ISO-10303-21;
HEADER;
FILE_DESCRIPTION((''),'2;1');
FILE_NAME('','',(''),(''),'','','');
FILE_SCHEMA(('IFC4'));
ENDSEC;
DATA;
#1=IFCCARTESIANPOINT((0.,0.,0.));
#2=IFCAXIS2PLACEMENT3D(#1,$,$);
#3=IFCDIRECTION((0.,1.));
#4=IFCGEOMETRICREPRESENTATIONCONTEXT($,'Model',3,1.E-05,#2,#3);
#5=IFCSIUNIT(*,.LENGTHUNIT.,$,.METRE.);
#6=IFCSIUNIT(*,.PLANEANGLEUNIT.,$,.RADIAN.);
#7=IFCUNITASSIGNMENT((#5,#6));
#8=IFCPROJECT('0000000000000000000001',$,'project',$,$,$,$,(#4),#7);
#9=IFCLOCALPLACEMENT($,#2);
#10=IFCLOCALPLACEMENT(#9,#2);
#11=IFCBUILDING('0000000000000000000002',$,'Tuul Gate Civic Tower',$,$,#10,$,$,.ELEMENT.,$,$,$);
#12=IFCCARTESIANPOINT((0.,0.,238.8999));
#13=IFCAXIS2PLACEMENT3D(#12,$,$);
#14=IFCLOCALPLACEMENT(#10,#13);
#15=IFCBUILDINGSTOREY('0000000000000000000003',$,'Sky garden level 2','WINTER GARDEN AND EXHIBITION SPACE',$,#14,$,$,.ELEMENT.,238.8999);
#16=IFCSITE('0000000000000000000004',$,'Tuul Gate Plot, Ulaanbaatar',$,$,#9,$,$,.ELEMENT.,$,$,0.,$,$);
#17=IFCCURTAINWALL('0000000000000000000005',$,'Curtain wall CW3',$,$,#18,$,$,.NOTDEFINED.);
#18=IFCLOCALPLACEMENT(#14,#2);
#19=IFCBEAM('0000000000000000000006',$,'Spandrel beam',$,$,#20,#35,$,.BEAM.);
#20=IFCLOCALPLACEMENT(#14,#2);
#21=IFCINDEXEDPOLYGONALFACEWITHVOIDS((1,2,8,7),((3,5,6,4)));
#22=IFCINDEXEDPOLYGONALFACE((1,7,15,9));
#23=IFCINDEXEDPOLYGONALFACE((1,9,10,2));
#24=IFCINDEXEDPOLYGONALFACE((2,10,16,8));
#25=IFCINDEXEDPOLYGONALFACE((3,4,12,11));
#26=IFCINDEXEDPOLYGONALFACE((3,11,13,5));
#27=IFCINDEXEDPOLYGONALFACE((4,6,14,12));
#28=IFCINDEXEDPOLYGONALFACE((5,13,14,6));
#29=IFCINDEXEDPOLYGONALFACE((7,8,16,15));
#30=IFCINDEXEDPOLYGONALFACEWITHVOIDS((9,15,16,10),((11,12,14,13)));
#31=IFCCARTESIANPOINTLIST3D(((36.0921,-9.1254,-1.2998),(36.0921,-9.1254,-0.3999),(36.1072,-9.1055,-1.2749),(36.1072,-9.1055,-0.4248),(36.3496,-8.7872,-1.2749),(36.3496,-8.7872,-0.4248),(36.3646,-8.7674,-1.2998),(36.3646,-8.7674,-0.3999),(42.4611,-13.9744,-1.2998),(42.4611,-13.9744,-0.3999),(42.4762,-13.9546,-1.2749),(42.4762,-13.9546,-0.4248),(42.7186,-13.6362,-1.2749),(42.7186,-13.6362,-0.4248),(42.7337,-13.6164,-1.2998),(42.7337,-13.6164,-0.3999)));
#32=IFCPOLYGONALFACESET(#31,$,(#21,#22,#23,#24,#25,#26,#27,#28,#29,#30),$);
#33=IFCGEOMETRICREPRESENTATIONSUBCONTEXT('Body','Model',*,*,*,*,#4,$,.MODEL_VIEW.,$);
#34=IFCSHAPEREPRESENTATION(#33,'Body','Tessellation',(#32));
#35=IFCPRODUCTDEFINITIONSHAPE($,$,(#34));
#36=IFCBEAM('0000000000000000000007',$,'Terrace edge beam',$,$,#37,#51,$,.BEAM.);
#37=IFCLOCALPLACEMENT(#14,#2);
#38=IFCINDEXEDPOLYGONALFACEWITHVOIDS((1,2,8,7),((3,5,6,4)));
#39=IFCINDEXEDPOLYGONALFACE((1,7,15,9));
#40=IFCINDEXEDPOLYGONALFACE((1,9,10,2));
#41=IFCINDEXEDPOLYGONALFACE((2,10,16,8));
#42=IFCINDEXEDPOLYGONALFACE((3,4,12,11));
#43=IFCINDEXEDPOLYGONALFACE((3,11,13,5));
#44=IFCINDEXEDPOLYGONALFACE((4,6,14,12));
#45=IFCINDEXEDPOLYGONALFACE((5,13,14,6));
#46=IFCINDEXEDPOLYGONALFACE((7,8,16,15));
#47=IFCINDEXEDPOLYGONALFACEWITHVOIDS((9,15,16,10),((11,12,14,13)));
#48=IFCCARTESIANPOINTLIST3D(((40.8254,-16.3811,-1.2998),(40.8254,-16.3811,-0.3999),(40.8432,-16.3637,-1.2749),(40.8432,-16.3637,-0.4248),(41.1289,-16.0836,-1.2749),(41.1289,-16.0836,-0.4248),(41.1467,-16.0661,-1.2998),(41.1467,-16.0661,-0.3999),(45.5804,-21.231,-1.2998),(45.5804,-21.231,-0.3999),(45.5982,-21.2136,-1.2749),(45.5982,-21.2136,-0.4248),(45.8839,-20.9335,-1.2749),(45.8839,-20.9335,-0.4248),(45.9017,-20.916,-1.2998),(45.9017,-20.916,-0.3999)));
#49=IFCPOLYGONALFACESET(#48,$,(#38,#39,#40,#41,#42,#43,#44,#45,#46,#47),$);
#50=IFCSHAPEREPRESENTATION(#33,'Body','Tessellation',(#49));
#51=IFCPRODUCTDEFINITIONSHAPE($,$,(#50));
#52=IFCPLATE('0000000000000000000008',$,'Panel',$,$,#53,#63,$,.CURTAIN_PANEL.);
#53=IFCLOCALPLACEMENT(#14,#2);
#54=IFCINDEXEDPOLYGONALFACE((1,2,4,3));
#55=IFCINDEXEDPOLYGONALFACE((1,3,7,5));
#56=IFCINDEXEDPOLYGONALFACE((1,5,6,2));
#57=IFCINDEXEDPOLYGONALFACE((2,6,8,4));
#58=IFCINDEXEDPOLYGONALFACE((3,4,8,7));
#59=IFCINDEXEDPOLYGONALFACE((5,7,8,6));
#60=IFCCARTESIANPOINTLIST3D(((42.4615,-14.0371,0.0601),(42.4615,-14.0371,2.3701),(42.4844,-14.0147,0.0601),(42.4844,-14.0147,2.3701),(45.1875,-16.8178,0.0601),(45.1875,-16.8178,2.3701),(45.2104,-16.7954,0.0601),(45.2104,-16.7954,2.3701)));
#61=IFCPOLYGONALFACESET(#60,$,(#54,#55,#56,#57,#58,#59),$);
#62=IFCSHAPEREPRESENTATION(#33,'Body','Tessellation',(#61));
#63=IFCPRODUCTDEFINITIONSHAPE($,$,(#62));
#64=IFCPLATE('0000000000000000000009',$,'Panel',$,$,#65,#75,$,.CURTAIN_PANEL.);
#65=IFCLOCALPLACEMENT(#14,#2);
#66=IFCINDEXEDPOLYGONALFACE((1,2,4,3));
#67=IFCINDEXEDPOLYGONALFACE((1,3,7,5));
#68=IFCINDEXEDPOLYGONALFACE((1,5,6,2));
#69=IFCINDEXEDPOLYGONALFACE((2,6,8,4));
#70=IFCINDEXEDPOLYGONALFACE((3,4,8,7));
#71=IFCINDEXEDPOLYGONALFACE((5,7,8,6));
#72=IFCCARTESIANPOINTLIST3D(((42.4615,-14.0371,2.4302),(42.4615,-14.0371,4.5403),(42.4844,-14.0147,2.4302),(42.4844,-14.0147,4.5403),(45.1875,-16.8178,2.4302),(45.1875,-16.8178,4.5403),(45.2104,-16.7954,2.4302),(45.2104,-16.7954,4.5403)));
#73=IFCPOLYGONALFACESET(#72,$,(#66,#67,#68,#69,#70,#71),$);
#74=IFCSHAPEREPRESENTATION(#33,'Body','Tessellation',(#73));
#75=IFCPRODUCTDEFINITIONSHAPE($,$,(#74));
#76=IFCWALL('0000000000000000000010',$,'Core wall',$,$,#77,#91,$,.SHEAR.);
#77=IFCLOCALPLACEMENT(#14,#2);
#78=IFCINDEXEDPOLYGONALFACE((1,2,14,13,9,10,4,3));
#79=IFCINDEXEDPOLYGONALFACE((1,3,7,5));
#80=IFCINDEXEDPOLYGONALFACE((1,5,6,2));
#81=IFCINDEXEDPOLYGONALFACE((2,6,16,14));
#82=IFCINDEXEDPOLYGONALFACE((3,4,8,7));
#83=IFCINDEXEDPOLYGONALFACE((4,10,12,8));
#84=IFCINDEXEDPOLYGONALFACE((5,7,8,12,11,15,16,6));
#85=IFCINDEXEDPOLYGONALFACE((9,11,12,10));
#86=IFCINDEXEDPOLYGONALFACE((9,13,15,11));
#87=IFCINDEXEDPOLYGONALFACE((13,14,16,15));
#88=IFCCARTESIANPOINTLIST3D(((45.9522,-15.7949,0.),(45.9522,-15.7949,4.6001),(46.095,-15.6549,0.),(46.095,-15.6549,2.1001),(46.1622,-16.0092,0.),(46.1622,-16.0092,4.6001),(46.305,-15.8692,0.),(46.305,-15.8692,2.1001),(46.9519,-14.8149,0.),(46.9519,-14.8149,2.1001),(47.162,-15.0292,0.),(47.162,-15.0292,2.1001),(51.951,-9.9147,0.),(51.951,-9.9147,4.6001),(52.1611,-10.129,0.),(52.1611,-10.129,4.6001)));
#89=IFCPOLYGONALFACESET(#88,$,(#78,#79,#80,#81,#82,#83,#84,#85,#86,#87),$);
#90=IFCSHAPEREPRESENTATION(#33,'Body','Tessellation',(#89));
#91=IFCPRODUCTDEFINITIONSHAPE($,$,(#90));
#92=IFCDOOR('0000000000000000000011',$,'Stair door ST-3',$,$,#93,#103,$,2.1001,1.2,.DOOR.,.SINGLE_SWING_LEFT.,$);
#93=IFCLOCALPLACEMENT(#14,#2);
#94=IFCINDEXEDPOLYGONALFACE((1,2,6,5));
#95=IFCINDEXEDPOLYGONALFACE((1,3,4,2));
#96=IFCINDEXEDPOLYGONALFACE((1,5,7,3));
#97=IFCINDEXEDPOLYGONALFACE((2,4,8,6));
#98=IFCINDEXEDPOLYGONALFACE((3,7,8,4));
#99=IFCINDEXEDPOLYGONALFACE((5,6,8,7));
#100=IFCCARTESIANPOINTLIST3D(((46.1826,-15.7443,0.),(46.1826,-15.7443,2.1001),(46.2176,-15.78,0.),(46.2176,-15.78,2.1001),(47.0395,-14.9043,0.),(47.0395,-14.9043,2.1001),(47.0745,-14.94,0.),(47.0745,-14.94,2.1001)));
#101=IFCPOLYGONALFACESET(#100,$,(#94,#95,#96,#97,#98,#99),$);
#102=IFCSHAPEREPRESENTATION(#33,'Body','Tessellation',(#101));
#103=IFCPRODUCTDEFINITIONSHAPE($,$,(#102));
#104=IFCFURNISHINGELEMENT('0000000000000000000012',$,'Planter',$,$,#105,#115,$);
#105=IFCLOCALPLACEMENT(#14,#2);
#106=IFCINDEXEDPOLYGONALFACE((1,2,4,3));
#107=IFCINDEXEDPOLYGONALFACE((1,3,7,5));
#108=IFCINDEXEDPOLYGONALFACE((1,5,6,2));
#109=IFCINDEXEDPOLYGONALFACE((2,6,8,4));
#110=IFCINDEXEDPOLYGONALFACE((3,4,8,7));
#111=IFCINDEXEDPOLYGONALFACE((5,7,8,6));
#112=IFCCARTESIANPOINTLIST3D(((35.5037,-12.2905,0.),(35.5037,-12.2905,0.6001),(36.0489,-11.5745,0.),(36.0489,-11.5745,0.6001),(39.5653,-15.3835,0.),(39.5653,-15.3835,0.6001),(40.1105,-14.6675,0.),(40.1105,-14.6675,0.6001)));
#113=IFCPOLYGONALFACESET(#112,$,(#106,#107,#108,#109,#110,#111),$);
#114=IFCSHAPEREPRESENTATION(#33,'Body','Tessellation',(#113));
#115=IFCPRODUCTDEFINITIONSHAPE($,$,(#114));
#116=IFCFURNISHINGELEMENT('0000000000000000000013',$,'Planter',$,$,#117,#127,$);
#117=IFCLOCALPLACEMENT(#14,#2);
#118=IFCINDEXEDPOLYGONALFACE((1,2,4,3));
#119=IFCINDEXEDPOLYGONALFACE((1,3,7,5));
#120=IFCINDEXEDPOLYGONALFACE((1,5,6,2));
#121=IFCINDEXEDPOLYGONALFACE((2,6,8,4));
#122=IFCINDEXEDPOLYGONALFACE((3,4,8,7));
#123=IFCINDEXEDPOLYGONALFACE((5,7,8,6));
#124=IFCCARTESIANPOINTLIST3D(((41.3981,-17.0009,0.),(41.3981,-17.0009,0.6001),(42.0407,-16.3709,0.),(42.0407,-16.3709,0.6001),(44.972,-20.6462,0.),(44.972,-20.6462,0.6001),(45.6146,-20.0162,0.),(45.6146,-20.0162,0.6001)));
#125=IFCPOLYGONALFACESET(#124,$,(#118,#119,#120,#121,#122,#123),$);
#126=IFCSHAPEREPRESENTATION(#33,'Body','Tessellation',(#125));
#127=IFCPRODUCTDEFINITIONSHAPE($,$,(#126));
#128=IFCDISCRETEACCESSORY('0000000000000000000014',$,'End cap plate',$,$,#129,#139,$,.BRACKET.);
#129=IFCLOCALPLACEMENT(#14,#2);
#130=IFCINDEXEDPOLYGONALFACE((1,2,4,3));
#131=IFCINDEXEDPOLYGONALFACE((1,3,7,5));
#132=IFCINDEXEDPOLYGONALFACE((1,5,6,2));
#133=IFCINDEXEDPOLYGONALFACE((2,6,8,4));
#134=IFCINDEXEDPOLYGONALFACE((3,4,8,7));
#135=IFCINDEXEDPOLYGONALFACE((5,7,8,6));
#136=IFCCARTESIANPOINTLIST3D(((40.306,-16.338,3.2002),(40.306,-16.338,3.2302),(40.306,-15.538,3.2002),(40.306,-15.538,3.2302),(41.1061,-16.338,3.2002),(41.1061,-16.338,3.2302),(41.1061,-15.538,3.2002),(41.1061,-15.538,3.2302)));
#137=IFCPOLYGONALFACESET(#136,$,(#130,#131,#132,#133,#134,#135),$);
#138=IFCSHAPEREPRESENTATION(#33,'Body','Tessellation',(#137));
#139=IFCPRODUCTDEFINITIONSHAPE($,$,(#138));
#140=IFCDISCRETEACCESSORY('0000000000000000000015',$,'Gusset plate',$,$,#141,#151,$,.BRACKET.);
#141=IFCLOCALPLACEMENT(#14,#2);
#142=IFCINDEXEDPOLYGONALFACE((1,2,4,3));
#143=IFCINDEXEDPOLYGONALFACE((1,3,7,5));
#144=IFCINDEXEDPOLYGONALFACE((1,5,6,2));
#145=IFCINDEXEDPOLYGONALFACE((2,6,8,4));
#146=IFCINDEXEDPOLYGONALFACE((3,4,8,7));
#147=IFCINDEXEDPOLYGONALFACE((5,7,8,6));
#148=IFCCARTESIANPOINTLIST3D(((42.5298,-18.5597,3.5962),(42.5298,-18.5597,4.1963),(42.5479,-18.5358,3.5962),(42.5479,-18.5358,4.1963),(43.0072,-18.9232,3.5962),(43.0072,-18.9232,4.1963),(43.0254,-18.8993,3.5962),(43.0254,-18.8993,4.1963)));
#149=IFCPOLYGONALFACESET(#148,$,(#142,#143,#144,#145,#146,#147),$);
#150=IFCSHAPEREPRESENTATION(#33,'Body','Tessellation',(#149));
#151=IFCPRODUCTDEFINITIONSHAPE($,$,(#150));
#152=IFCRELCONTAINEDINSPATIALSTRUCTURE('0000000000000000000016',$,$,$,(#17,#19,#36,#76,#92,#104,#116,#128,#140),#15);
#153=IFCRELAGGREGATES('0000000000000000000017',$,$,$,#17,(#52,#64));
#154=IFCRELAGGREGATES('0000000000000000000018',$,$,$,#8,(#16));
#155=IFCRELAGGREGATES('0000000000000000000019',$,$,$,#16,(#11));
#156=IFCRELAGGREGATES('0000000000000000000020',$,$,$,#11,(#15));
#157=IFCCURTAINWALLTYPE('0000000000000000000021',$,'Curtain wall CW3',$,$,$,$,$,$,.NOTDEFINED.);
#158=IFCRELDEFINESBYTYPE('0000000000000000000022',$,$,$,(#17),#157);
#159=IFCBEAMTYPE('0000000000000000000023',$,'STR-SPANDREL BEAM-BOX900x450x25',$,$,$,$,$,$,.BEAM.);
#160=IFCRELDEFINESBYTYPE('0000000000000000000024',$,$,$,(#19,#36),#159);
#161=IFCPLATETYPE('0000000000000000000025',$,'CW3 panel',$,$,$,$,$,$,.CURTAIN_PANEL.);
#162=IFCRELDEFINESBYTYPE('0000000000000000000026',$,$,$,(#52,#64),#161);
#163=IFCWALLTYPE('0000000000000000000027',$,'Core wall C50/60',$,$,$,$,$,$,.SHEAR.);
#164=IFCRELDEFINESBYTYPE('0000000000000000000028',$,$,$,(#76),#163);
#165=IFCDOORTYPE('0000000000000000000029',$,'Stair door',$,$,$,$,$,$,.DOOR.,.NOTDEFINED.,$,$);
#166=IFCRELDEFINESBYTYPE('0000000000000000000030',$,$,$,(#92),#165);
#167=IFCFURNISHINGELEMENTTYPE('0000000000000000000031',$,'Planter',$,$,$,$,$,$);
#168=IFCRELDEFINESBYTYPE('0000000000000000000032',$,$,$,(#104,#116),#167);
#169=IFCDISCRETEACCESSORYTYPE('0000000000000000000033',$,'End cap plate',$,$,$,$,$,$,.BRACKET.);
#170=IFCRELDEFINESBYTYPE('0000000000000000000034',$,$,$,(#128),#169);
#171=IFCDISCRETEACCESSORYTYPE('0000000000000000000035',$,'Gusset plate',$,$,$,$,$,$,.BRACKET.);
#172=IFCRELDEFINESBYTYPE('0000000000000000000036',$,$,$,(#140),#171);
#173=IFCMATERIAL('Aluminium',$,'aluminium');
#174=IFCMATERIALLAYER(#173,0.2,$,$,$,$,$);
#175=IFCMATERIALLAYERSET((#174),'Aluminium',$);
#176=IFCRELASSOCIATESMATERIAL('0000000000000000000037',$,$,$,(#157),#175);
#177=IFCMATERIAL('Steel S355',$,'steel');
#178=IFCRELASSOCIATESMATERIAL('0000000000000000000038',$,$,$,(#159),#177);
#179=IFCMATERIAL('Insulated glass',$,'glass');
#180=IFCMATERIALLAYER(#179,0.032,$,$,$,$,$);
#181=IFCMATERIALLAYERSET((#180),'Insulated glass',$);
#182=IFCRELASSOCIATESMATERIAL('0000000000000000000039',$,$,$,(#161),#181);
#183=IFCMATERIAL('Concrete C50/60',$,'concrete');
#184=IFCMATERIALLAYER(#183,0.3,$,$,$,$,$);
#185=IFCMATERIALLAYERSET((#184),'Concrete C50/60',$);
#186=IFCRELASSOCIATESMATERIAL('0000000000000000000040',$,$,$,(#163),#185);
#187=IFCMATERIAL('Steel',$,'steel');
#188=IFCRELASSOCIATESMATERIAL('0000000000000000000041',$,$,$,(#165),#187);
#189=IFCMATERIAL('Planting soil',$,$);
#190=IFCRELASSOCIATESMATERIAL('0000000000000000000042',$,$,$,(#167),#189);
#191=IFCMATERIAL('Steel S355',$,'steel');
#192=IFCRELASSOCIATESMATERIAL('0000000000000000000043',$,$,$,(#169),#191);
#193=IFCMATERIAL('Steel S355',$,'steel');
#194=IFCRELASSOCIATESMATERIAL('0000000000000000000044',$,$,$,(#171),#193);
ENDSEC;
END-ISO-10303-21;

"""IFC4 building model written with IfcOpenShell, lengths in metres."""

from ifc_helpers import new_model, si_unit, direction, frame, frame_2d, origin, origin_2d, place, context, subcontext, project, spatial, rectangle, hollow_rectangle, extrude, material, layer, layer_set, material_profile, profile_set, type_object, element, fill, aggregate, save


model = new_model("IFC4")

# Units and contexts
model_context = context("Model", 3, precision=1e-05, world=origin(), true_north=direction((0.0, 1.0)))
body_context = subcontext(model_context, "Body", "Model", "MODEL_VIEW")
ifc_project = project(units=[si_unit("LENGTHUNIT", "METRE"), si_unit("PLANEANGLEUNIT", "RADIAN")], contexts=[model_context])

# Site, building, storey
site_placement = place(None, origin())
site = spatial("IfcSite", under=ifc_project, at=site_placement, Name="Tuul Gate Plot, Ulaanbaatar", CompositionType="ELEMENT", RefElevation=0.0)
building_placement = place(site_placement, origin())
building = spatial("IfcBuilding", under=site, at=building_placement, Name="Tuul Gate Civic Tower", CompositionType="ELEMENT")
storey_placement = place(building_placement, frame((0.0, 0.0, 238.8999)))
storey = spatial("IfcBuildingStorey", under=building, at=storey_placement, Name="Sky garden level 2", Description="WINTER GARDEN AND EXHIBITION SPACE", CompositionType="ELEMENT", Elevation=238.8999)

# Shared definitions
ifc_material_1 = material(Name="Aluminium", Category="aluminium")
ifc_layer_1 = layer(ifc_material_1, 0.2)
ifc_layer_set_1 = layer_set([ifc_layer_1], Name="Aluminium")
curtain_wall_type = type_object("IfcCurtainWallType", Name="Curtain wall CW3", PredefinedType="NOTDEFINED", material=ifc_layer_set_1)

# Curtain wall
curtain_wall_1_placement = place(storey_placement, origin())
curtain_wall_1 = element("IfcCurtainWall", 1, at=curtain_wall_1_placement, inside=storey, type_object=curtain_wall_type, Name="Curtain wall CW3", PredefinedType="NOTDEFINED")

# Beams
ifc_material_2 = material(Name="Steel S355", Category="steel")
ifc_material_profile_1 = material_profile(ifc_material_2, hollow_rectangle(XDim=0.45, YDim=0.8999, WallThickness=0.0249, at=origin_2d()), Name="BOX900x450x25")
ifc_profile_set_1 = profile_set([ifc_material_profile_1], Name="Steel S355")
beam_type_1 = type_object("IfcBeamType", Name="STR-SPANDREL BEAM-BOX900x450x25", PredefinedType="BEAM", material=ifc_profile_set_1)
beam_1_placement = place(storey_placement, frame((42.5974, -13.7954, -0.8499), z_axis=(-0.795646, 0.605762, 0.0), x_axis=(-0.605762, -0.795646, 0.0)))
element("IfcBeam", 2, at=beam_1_placement, inside=storey, type_object=beam_type_1, Name="Spandrel beam", PredefinedType="BEAM", context=body_context, shape_type="SweptSolid", body=[
    extrude(hollow_rectangle(XDim=0.45, YDim=0.8999, WallThickness=0.0249, at=origin_2d()), origin(), (0.0, 0.0, 1.0), 8.0049),
])
beam_2_placement = place(storey_placement, frame((40.9861, -16.2236, -0.8499), z_axis=(0.700081, -0.714064, 0.0), x_axis=(0.714064, 0.700081, 0.0)))
element("IfcBeam", 3, at=beam_2_placement, inside=storey, type_object=beam_type_1, Name="Terrace edge beam", PredefinedType="BEAM", context=body_context, shape_type="SweptSolid", body=[
    extrude(hollow_rectangle(XDim=0.45, YDim=0.8999, WallThickness=0.0249, at=origin_2d()), origin(), (0.0, 0.0, 1.0), 6.792),
])

# Plates
ifc_material_3 = material(Name="Insulated glass", Category="glass")
ifc_layer_2 = layer(ifc_material_3, 0.032)
ifc_layer_set_2 = layer_set([ifc_layer_2], Name="Insulated glass")
plate_type = type_object("IfcPlateType", Name="CW3 panel", PredefinedType="CURTAIN_PANEL", material=ifc_layer_set_2)
plate_1_placement = place(storey_placement, frame((43.8359, -15.4163, 0.0601), z_axis=(0.0, 0.0, 1.0), x_axis=(0.700044, -0.7141, 0.0)))
plate_1 = element("IfcPlate", 4, at=plate_1_placement, type_object=plate_type, Name="Panel", PredefinedType="CURTAIN_PANEL", context=body_context, shape_type="SweptSolid", body=[
    extrude(rectangle(XDim=3.894, YDim=0.032, at=origin_2d()), origin(), (0.0, 0.0, 1.0), 2.3101),
])
plate_2_placement = place(storey_placement, frame((43.8359, -15.4163, 2.4302), z_axis=(0.0, 0.0, 1.0), x_axis=(0.700044, -0.7141, 0.0)))
plate_2 = element("IfcPlate", 5, at=plate_2_placement, type_object=plate_type, Name="Panel", PredefinedType="CURTAIN_PANEL", context=body_context, shape_type="SweptSolid", body=[
    extrude(rectangle(XDim=3.894, YDim=0.032, at=origin_2d()), origin(), (0.0, 0.0, 1.0), 2.1101),
])
aggregate(curtain_wall_1, [plate_1, plate_2])

# Wall, opening, door
ifc_material_4 = material(Name="Concrete C50/60", Category="concrete")
ifc_layer_3 = layer(ifc_material_4, 0.3)
ifc_layer_set_3 = layer_set([ifc_layer_3], Name="Concrete C50/60")
wall_type = type_object("IfcWallType", Name="Core wall C50/60", PredefinedType="SHEAR", material=ifc_layer_set_3)
wall_placement = place(storey_placement, frame((46.0571, -15.9021, 0.0), z_axis=(0.0, 0.0, 1.0), x_axis=(0.714134, 0.700009, 0.0)))
wall = element("IfcWall", 6, at=wall_placement, inside=storey, type_object=wall_type, Name="Core wall", PredefinedType="SHEAR", context=body_context, shape_type="SweptSolid", body=[
    extrude(rectangle(XDim=8.4001, YDim=0.3, at=frame_2d((4.2002, 0.0))), origin(), (0.0, 0.0, 1.0), 4.6001),
])
opening_placement = place(wall_placement, frame((0.2, 0.0, 0.0)))
opening = element("IfcOpeningElement", 7, at=opening_placement, cuts=wall, PredefinedType="OPENING", context=body_context, shape_type="SweptSolid", body=[
    extrude(rectangle(XDim=1.2, YDim=2.1001, at=frame_2d((0.6001, 1.05))), frame((0.0, 0.1602, 0.0), z_axis=(0.0, -1.0, 0.0), x_axis=(1.0, 0.0, 0.0)), (0.0, 0.0, 1.0), 0.3201),
])
ifc_material_5 = material(Name="Steel", Category="steel")
door_type = type_object("IfcDoorType", Name="Stair door", OperationType="NOTDEFINED", PredefinedType="DOOR", material=ifc_material_5)
door_placement = place(opening_placement, origin())
door = element("IfcDoor", 8, at=door_placement, inside=storey, type_object=door_type, Name="Stair door ST-3", OperationType="SINGLE_SWING_LEFT", OverallHeight=2.1001, OverallWidth=1.2, PredefinedType="DOOR", context=body_context, shape_type="SweptSolid", body=[
    extrude(rectangle(XDim=1.2, YDim=2.1001, at=frame_2d((0.6001, 1.05))), frame((0.0, 0.0249, 0.0), z_axis=(0.0, -1.0, 0.0), x_axis=(1.0, 0.0, 0.0)), (0.0, 0.0, 1.0), 0.05),
])
fill(opening, door)

# Furnishing elements
ifc_material_6 = material(Name="Planting soil")
furnishing_element_type = type_object("IfcFurnishingElementType", Name="Planter", material=ifc_material_6)
furnishing_1_placement = place(storey_placement, frame((37.8071, -13.479, 0.0), z_axis=(0.0, 0.0, 1.0), x_axis=(0.795582, -0.605846, 0.0)))
element("IfcFurnishingElement", 9, at=furnishing_1_placement, inside=storey, type_object=furnishing_element_type, Name="Planter", context=body_context, shape_type="SweptSolid", body=[
    extrude(rectangle(XDim=5.1052, YDim=0.8999, at=origin_2d()), origin(), (0.0, 0.0, 1.0), 0.6001),
])
furnishing_2_placement = place(storey_placement, frame((43.5063, -18.5085, 0.0), z_axis=(0.0, 0.0, 1.0), x_axis=(0.700077, -0.714068, 0.0)))
element("IfcFurnishingElement", 10, at=furnishing_2_placement, inside=storey, type_object=furnishing_element_type, Name="Planter", context=body_context, shape_type="SweptSolid", body=[
    extrude(rectangle(XDim=5.105, YDim=0.8999, at=origin_2d()), origin(), (0.0, 0.0, 1.0), 0.6001),
])

# Discrete accessories
ifc_material_7 = material(Name="Steel S355", Category="steel")
discrete_accessory_type_1 = type_object("IfcDiscreteAccessoryType", Name="End cap plate", PredefinedType="BRACKET", material=ifc_material_7)
discrete_accessory_1_placement = place(storey_placement, frame((40.7061, -15.938, 3.2002), z_axis=(0.0, 0.0, 1.0), x_axis=(1.0, 0.0, 0.0)))
element("IfcDiscreteAccessory", 11, at=discrete_accessory_1_placement, inside=storey, type_object=discrete_accessory_type_1, Name="End cap plate", PredefinedType="BRACKET", context=body_context, shape_type="SweptSolid", body=[
    extrude(rectangle(XDim=0.8, YDim=0.8, at=origin_2d()), origin(), (0.0, 0.0, 1.0), 0.03),
])
ifc_material_8 = material(Name="Steel S355", Category="steel")
discrete_accessory_type_2 = type_object("IfcDiscreteAccessoryType", Name="Gusset plate", PredefinedType="BRACKET", material=ifc_material_8)
discrete_accessory_2_placement = place(storey_placement, frame((42.7776, -18.7295, 3.5962), z_axis=(0.0, 0.0, 1.0), x_axis=(-0.795664, 0.605738, 0.0)))
element("IfcDiscreteAccessory", 12, at=discrete_accessory_2_placement, inside=storey, type_object=discrete_accessory_type_2, Name="Gusset plate", PredefinedType="BRACKET", context=body_context, shape_type="SweptSolid", body=[
    extrude(rectangle(XDim=0.6001, YDim=0.03, at=origin_2d()), origin(), (0.0, 0.0, 1.0), 0.6001),
])

save(model, "model.ifc")
